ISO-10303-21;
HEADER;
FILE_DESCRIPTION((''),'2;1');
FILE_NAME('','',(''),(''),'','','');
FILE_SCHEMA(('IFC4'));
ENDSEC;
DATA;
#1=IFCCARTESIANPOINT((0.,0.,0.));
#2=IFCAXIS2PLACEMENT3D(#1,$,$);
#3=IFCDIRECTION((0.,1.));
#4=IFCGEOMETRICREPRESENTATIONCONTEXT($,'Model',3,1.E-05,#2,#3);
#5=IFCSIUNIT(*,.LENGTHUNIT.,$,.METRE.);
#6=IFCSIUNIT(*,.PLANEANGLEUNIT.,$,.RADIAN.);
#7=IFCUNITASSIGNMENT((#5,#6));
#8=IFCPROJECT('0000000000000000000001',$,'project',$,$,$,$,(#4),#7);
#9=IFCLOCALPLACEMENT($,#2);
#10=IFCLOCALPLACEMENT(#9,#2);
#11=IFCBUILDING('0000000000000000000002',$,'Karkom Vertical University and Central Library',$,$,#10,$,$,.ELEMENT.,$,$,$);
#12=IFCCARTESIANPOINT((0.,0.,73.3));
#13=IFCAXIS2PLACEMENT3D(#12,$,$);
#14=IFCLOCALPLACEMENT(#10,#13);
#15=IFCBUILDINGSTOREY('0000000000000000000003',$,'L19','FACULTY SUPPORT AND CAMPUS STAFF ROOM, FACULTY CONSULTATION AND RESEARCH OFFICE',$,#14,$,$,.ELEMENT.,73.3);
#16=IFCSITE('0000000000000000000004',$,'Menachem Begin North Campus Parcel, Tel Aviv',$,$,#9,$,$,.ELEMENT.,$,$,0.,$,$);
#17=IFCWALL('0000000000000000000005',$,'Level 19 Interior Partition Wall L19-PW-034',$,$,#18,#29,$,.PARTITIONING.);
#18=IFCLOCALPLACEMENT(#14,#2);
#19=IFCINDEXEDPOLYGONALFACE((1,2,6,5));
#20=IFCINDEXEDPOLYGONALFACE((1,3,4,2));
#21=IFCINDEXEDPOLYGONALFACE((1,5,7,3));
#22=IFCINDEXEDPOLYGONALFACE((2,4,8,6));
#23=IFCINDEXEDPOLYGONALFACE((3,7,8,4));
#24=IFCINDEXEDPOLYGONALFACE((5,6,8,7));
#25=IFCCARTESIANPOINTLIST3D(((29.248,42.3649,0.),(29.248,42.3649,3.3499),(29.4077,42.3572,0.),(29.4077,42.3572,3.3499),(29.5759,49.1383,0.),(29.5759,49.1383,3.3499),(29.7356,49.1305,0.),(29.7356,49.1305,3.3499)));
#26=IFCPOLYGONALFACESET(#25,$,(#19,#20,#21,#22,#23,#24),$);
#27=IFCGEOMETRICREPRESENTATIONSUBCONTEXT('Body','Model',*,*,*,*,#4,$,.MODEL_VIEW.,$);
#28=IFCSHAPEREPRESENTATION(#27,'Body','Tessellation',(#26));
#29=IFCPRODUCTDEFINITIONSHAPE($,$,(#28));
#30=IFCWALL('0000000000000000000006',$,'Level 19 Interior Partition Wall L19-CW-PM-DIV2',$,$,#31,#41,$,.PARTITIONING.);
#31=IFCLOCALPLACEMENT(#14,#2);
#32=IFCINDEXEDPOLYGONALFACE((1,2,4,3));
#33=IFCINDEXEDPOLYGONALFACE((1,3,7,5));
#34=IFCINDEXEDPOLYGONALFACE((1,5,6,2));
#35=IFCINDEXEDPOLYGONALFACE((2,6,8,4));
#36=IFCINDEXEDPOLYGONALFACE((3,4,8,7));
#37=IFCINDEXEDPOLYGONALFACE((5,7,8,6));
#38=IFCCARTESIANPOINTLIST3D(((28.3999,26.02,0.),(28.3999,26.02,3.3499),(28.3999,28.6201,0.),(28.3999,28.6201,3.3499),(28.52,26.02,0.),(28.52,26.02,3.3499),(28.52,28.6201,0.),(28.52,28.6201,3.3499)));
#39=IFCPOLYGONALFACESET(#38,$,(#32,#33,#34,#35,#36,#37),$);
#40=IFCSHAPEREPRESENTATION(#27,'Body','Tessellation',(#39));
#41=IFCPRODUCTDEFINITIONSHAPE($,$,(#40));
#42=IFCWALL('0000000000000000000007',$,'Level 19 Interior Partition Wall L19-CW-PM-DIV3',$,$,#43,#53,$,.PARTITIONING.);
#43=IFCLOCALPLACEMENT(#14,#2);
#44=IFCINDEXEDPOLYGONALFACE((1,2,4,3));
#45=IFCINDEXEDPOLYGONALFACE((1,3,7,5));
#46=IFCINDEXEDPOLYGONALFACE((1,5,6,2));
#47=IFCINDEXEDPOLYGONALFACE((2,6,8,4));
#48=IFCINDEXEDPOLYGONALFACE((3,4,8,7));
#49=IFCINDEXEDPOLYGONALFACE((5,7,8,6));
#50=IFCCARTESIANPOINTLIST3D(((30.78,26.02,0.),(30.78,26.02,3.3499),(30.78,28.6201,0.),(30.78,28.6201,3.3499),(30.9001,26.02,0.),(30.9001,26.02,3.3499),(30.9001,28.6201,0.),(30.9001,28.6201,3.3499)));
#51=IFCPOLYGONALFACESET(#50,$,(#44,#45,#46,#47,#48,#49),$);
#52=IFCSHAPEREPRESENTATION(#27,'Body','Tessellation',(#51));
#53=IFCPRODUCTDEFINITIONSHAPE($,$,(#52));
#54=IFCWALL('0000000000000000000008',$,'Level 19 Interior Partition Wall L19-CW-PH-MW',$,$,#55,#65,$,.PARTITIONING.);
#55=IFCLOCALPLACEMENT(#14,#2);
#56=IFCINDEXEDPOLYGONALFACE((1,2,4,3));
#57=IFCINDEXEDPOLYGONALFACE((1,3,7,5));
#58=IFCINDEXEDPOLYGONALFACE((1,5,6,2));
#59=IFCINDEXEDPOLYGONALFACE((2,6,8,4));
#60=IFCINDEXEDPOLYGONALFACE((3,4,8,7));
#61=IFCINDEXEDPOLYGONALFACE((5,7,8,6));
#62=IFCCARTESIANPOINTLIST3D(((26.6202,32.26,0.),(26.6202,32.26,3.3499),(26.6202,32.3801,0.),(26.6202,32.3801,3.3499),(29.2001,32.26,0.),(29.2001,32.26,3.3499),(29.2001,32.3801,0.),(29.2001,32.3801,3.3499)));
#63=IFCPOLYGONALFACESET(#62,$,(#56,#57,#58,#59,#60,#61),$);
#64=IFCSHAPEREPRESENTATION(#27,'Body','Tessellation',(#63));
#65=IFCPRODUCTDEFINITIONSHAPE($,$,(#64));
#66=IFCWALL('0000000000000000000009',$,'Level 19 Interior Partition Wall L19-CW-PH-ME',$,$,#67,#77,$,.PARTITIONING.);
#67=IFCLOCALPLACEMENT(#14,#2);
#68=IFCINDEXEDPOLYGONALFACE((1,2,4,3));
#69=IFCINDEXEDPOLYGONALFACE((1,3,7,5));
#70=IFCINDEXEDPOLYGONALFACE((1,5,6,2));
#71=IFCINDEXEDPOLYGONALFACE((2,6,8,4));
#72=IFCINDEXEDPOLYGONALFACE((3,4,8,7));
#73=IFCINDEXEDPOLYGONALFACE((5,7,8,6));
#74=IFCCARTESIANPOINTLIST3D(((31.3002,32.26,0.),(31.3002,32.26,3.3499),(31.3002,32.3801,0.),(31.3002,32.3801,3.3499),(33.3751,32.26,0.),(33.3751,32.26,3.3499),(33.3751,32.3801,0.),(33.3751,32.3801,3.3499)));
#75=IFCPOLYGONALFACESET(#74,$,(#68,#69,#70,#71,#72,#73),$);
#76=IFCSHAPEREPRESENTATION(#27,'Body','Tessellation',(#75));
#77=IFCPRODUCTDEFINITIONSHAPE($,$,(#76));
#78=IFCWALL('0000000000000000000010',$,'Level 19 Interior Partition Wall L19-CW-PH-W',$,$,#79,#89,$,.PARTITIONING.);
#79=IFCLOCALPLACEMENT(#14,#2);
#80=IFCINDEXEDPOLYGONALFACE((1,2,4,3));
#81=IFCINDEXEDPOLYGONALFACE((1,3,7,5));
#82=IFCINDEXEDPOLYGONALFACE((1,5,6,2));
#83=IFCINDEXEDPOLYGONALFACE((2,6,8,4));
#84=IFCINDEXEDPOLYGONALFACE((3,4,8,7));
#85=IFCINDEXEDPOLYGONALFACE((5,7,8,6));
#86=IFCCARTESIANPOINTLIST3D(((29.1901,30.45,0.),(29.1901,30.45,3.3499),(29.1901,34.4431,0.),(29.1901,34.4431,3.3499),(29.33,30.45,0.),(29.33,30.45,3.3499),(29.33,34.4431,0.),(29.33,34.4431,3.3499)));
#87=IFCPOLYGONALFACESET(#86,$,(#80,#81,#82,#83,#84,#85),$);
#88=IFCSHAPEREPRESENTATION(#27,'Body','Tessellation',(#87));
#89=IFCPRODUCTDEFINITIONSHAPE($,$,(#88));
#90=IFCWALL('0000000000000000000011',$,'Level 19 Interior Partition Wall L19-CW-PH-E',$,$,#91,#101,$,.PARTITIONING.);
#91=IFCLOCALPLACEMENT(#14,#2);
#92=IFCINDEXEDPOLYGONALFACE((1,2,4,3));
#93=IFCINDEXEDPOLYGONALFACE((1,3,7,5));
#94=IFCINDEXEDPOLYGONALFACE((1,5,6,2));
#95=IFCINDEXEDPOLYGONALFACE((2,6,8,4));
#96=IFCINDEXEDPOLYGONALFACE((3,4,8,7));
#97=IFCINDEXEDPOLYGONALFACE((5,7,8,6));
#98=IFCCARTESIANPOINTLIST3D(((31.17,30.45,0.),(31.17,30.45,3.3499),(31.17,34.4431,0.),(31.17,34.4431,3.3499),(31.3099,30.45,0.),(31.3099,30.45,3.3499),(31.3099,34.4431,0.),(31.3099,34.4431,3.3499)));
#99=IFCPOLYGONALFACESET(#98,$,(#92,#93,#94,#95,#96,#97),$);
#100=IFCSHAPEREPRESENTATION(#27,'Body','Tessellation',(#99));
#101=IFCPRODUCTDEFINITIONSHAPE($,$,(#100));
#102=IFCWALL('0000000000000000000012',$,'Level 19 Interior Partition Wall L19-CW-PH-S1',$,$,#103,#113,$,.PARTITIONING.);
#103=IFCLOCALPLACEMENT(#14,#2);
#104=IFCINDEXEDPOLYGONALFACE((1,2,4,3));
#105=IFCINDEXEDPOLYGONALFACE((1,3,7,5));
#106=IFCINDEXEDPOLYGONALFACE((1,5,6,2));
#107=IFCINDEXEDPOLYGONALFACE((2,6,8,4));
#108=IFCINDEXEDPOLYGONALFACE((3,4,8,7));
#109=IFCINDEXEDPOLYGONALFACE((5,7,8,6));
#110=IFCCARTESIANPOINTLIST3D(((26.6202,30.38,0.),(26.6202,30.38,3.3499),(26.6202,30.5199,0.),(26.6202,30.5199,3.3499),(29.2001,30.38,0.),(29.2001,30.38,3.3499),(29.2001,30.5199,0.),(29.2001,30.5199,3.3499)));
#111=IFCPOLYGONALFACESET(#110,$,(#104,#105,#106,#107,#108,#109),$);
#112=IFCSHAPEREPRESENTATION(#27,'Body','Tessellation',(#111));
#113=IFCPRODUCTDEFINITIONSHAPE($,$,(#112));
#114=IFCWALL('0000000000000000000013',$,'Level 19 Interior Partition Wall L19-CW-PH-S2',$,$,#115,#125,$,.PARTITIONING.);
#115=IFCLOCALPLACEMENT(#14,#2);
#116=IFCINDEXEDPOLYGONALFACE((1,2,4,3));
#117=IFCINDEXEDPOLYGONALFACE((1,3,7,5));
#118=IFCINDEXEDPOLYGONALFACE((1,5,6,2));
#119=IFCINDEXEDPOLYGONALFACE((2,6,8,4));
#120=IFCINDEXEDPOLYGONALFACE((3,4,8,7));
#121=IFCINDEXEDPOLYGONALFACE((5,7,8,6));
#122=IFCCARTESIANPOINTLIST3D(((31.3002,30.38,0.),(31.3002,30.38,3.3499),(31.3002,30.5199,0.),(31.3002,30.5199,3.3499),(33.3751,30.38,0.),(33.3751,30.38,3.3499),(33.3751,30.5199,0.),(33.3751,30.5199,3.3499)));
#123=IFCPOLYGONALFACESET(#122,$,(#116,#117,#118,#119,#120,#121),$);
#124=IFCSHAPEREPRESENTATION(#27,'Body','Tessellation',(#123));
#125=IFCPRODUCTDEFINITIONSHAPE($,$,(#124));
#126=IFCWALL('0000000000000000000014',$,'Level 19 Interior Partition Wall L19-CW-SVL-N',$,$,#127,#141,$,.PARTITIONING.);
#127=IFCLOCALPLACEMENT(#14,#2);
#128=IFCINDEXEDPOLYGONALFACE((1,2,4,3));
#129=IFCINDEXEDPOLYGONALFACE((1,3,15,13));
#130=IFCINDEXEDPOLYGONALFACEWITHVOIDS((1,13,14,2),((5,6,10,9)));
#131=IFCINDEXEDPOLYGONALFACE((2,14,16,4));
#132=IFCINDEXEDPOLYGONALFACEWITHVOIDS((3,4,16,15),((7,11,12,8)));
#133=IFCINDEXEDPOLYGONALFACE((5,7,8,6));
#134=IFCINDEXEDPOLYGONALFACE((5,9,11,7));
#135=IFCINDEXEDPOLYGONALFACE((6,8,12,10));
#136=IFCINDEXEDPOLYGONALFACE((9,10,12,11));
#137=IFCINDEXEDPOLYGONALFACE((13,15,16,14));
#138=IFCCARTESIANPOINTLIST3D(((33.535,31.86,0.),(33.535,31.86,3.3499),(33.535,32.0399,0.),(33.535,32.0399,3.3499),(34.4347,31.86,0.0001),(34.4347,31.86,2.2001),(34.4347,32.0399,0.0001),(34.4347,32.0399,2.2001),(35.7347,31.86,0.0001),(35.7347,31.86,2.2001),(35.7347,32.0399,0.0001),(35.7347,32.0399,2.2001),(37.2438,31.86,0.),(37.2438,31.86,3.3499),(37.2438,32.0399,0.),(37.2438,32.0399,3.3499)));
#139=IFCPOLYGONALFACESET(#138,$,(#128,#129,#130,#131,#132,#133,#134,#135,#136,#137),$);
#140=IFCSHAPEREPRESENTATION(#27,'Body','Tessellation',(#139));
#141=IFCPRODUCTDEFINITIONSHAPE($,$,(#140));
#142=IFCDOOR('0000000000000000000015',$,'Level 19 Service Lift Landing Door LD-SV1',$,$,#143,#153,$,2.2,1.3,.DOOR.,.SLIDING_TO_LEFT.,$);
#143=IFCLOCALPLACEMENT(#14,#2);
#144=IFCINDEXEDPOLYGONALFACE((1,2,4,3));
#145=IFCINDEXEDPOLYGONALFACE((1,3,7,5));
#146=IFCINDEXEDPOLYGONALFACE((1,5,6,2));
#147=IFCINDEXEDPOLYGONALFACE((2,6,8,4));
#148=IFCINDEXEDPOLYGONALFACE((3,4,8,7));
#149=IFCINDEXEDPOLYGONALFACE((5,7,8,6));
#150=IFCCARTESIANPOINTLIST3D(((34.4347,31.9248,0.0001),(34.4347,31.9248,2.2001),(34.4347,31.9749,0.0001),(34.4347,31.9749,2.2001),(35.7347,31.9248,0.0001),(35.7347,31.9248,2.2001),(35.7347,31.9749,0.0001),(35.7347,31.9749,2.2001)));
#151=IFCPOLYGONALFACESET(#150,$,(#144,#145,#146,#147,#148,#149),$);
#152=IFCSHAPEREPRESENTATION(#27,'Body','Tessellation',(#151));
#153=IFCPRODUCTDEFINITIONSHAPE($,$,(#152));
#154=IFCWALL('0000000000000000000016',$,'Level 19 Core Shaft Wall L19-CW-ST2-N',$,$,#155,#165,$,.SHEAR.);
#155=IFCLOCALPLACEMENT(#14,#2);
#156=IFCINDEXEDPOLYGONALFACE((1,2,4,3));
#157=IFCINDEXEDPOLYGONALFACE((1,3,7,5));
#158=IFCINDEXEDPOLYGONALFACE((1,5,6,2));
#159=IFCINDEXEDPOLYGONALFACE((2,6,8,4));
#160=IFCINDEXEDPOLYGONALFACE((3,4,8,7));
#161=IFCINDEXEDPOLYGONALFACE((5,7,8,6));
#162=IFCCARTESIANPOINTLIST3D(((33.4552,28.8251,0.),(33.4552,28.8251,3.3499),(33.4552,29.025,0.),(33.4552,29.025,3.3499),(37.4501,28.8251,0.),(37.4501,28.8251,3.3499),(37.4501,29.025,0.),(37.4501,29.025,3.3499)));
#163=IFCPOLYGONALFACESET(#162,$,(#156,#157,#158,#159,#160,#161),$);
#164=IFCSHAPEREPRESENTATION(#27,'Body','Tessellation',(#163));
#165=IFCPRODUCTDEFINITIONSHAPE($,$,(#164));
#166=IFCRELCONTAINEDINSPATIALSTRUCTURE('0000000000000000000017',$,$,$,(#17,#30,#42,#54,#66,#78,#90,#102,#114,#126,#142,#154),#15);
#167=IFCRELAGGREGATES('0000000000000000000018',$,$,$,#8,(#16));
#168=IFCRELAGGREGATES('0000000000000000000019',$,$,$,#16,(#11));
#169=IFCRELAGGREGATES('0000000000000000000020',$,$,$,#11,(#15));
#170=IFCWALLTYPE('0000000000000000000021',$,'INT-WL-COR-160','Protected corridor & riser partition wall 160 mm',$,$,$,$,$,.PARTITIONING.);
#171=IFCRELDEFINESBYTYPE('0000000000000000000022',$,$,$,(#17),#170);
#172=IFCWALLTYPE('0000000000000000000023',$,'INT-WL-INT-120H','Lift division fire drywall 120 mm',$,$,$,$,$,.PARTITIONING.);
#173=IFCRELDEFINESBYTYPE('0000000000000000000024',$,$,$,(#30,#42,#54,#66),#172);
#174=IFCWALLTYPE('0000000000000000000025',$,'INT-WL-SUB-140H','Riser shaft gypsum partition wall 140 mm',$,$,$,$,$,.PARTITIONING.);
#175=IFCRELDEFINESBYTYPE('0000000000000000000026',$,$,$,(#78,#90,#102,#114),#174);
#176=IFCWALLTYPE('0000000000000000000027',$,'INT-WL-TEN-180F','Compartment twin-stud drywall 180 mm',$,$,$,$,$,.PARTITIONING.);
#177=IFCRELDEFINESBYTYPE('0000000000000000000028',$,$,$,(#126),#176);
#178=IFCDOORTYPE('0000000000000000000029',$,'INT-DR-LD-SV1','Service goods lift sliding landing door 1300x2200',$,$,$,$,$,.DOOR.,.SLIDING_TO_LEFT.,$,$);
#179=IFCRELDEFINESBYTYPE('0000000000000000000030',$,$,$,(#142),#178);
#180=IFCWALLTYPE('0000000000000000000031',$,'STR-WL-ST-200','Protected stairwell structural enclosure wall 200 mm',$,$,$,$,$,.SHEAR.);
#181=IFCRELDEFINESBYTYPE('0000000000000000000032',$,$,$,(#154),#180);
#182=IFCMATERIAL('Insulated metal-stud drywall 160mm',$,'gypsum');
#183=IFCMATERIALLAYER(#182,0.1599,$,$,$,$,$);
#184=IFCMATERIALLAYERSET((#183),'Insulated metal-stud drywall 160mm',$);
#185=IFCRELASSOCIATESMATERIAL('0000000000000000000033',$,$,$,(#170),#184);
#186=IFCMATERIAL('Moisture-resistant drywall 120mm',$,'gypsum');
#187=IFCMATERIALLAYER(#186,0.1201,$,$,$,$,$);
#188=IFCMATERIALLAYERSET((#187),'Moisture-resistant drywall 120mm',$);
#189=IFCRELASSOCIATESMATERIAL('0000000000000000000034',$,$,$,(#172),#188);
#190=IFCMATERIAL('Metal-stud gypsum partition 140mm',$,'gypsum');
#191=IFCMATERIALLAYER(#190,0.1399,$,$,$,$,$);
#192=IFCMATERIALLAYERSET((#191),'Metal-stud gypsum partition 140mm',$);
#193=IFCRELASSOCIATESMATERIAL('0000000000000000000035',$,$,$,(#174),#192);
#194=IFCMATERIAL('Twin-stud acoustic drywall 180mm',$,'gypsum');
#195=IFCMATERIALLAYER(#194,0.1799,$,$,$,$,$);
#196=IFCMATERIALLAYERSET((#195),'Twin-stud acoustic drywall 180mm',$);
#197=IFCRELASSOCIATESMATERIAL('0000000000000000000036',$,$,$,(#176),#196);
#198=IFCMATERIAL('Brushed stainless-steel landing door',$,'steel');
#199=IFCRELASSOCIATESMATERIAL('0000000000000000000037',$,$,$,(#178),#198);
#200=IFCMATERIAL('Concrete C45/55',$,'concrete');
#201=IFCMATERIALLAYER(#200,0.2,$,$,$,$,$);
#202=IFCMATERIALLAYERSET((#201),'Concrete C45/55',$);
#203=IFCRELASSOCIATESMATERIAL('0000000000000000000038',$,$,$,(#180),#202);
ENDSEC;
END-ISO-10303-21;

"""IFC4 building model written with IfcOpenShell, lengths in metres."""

from ifc_helpers import new_model, si_unit, direction, frame, frame_2d, origin, origin_with_axes, place, context, subcontext, project, spatial, rectangle, extrude, source, transform, mapped, material, layer, layer_set, type_object, element, fill, save


model = new_model("IFC4")

# Units and contexts
model_context = context("Model", 3, precision=1e-05, world=origin(), true_north=direction((0.0, 1.0)))
body_context = subcontext(model_context, "Body", "Model", "MODEL_VIEW")
ifc_project = project(units=[si_unit("LENGTHUNIT", "METRE"), si_unit("PLANEANGLEUNIT", "RADIAN")], contexts=[model_context])

# Site, building, storey
site_placement = place(None, origin())
site = spatial("IfcSite", under=ifc_project, at=site_placement, Name="Menachem Begin North Campus Parcel, Tel Aviv", CompositionType="ELEMENT", RefElevation=0.0)
building_placement = place(site_placement, origin())
building = spatial("IfcBuilding", under=site, at=building_placement, Name="Karkom Vertical University and Central Library", CompositionType="ELEMENT")
storey_placement = place(building_placement, frame((0.0, 0.0, 73.3)))
storey = spatial("IfcBuildingStorey", under=building, at=storey_placement, Name="L19", Description="FACULTY SUPPORT AND CAMPUS STAFF ROOM, FACULTY CONSULTATION AND RESEARCH OFFICE", CompositionType="ELEMENT", Elevation=73.3)

# Shared definitions
ifc_material_1 = material(Name="Insulated metal-stud drywall 160mm", Category="gypsum")
ifc_layer_1 = layer(ifc_material_1, 0.1599)
ifc_layer_set_1 = layer_set([ifc_layer_1], Name="Insulated metal-stud drywall 160mm")
wall_type_1 = type_object("IfcWallType", Name="INT-WL-COR-160", Description="Protected corridor & riser partition wall 160 mm", PredefinedType="PARTITIONING", material=ifc_layer_set_1)

# Wall
wall_1_placement = place(storey_placement, frame((29.3279, 42.3611, 0.0), z_axis=(0.0, 0.0, 1.0), x_axis=(0.04835, 0.99883, 0.0)))
element("IfcWall", 1, at=wall_1_placement, inside=storey, type_object=wall_type_1, Name="Level 19 Interior Partition Wall L19-PW-034", PredefinedType="PARTITIONING", context=body_context, shape_type="SweptSolid", body=[
    extrude(rectangle(XDim=6.7812, YDim=0.1599, at=frame_2d((3.3906, 0.0))), origin(), (0.0, 0.0, 1.0), 3.3499),
])

# Walls
ifc_material_2 = material(Name="Moisture-resistant drywall 120mm", Category="gypsum")
ifc_layer_2 = layer(ifc_material_2, 0.1201)
ifc_layer_set_2 = layer_set([ifc_layer_2], Name="Moisture-resistant drywall 120mm")
wall_type_2 = type_object("IfcWallType", Name="INT-WL-INT-120H", Description="Lift division fire drywall 120 mm", PredefinedType="PARTITIONING", material=ifc_layer_set_2)
for number, where, z_axis, x_axis, name in (
    (2, (28.46, 26.02, 0.0), (0.0, 0.0, 1.0), (0.0, 1.0, 0.0), "Level 19 Interior Partition Wall L19-CW-PM-DIV2"),
    (3, (30.8401, 26.02, 0.0), (0.0, 0.0, 1.0), (0.0, 1.0, 0.0), "Level 19 Interior Partition Wall L19-CW-PM-DIV3"),
):
    element("IfcWall", number, at=place(storey_placement, frame(where, z_axis=z_axis, x_axis=x_axis)), inside=storey, type_object=wall_type_2, Name=name, PredefinedType="PARTITIONING", context=body_context, shape_type="SweptSolid", body=[
        extrude(rectangle(XDim=2.6001, YDim=0.1201, at=frame_2d((1.3, 0.0))), origin(), (0.0, 0.0, 1.0), 3.3499),
    ])
wall_2_placement = place(storey_placement, frame((26.6201, 32.3201, 0.0), z_axis=(0.0, 0.0, 1.0), x_axis=(1.0, 0.0, 0.0)))
element("IfcWall", 4, at=wall_2_placement, inside=storey, type_object=wall_type_2, Name="Level 19 Interior Partition Wall L19-CW-PH-MW", PredefinedType="PARTITIONING", context=body_context, shape_type="SweptSolid", body=[
    extrude(rectangle(XDim=2.5798, YDim=0.1201, at=frame_2d((1.29, 0.0))), origin(), (0.0, 0.0, 1.0), 3.3499),
])
wall_3_placement = place(storey_placement, frame((31.3, 32.3201, 0.0), z_axis=(0.0, 0.0, 1.0), x_axis=(1.0, 0.0, 0.0)))
element("IfcWall", 5, at=wall_3_placement, inside=storey, type_object=wall_type_2, Name="Level 19 Interior Partition Wall L19-CW-PH-ME", PredefinedType="PARTITIONING", context=body_context, shape_type="SweptSolid", body=[
    extrude(rectangle(XDim=2.075, YDim=0.1201, at=frame_2d((1.0376, 0.0))), origin(), (0.0, 0.0, 1.0), 3.3499),
])
ifc_material_3 = material(Name="Metal-stud gypsum partition 140mm", Category="gypsum")
ifc_layer_3 = layer(ifc_material_3, 0.1399)
ifc_layer_set_3 = layer_set([ifc_layer_3], Name="Metal-stud gypsum partition 140mm")
wall_type_3 = type_object("IfcWallType", Name="INT-WL-SUB-140H", Description="Riser shaft gypsum partition wall 140 mm", PredefinedType="PARTITIONING", material=ifc_layer_set_3)
for number, where, z_axis, x_axis, name in (
    (6, (29.26, 30.45, 0.0), (0.0, 0.0, 1.0), (0.0, 1.0, 0.0), "Level 19 Interior Partition Wall L19-CW-PH-W"),
    (7, (31.24, 30.45, 0.0), (0.0, 0.0, 1.0), (0.0, 1.0, 0.0), "Level 19 Interior Partition Wall L19-CW-PH-E"),
):
    element("IfcWall", number, at=place(storey_placement, frame(where, z_axis=z_axis, x_axis=x_axis)), inside=storey, type_object=wall_type_3, Name=name, PredefinedType="PARTITIONING", context=body_context, shape_type="SweptSolid", body=[
        extrude(rectangle(XDim=3.9932, YDim=0.1399, at=frame_2d((1.9966, 0.0))), origin(), (0.0, 0.0, 1.0), 3.3499),
    ])
wall_4_placement = place(storey_placement, frame((26.6201, 30.45, 0.0), z_axis=(0.0, 0.0, 1.0), x_axis=(1.0, 0.0, 0.0)))
element("IfcWall", 8, at=wall_4_placement, inside=storey, type_object=wall_type_3, Name="Level 19 Interior Partition Wall L19-CW-PH-S1", PredefinedType="PARTITIONING", context=body_context, shape_type="SweptSolid", body=[
    extrude(rectangle(XDim=2.5798, YDim=0.1399, at=frame_2d((1.29, 0.0))), origin(), (0.0, 0.0, 1.0), 3.3499),
])
wall_5_placement = place(storey_placement, frame((31.3, 30.45, 0.0), z_axis=(0.0, 0.0, 1.0), x_axis=(1.0, 0.0, 0.0)))
element("IfcWall", 9, at=wall_5_placement, inside=storey, type_object=wall_type_3, Name="Level 19 Interior Partition Wall L19-CW-PH-S2", PredefinedType="PARTITIONING", context=body_context, shape_type="SweptSolid", body=[
    extrude(rectangle(XDim=2.075, YDim=0.1399, at=frame_2d((1.0376, 0.0))), origin(), (0.0, 0.0, 1.0), 3.3499),
])

# Wall, opening, door
ifc_material_4 = material(Name="Twin-stud acoustic drywall 180mm", Category="gypsum")
ifc_layer_4 = layer(ifc_material_4, 0.1799)
ifc_layer_set_4 = layer_set([ifc_layer_4], Name="Twin-stud acoustic drywall 180mm")
wall_type_4 = type_object("IfcWallType", Name="INT-WL-TEN-180F", Description="Compartment twin-stud drywall 180 mm", PredefinedType="PARTITIONING", material=ifc_layer_set_4)
wall_6_placement = place(storey_placement, frame((33.5349, 31.95, 0.0), z_axis=(0.0, 0.0, 1.0), x_axis=(1.0, 0.0, 0.0)))
wall_6 = element("IfcWall", 10, at=wall_6_placement, inside=storey, type_object=wall_type_4, Name="Level 19 Interior Partition Wall L19-CW-SVL-N", PredefinedType="PARTITIONING", context=body_context, shape_type="SweptSolid", body=[
    extrude(rectangle(XDim=3.7087, YDim=0.1799, at=frame_2d((1.8545, 0.0))), origin(), (0.0, 0.0, 1.0), 3.3499),
])
opening_1_placement = place(wall_6_placement, frame((0.8999, 0.0, 0.0)))
opening_1 = element("IfcOpeningElement", 11, at=opening_1_placement, cuts=wall_6, PredefinedType="OPENING", context=body_context, shape_type="SweptSolid", body=[
    extrude(rectangle(XDim=1.3, YDim=2.2, at=frame_2d((0.6499, 1.1001))), frame((0.0, 0.1001, 0.0), z_axis=(0.0, -1.0, 0.0), x_axis=(1.0, 0.0, 0.0)), (0.0, 0.0, 1.0), 0.2),
])
ifc_material_5 = material(Name="Brushed stainless-steel landing door", Category="steel")
door_type_1 = type_object("IfcDoorType", Name="INT-DR-LD-SV1", Description="Service goods lift sliding landing door 1300x2200", OperationType="SLIDING_TO_LEFT", PredefinedType="DOOR", material=ifc_material_5)
shared_shape_1 = source(origin_with_axes(), body_context, "Body", "SweptSolid", [
    extrude(rectangle(XDim=1.3, YDim=2.2, at=frame_2d((0.6499, 1.1001))), frame((0.0, 0.0249, 0.0), z_axis=(0.0, -1.0, 0.0), x_axis=(1.0, 0.0, 0.0)), (0.0, 0.0, 1.0), 0.05),
])
door_1_placement = place(opening_1_placement, origin())
door_1 = element("IfcDoor", 12, at=door_1_placement, inside=storey, type_object=door_type_1, Name="Level 19 Service Lift Landing Door LD-SV1", OperationType="SLIDING_TO_LEFT", OverallHeight=2.2, OverallWidth=1.3, PredefinedType="DOOR", context=body_context, shape_type="MappedRepresentation", body=[
    mapped(shared_shape_1, transform((0.0, 0.0, 0.0), scale=1.0)),
])
fill(opening_1, door_1)

# Wall
ifc_material_6 = material(Name="Concrete C45/55", Category="concrete")
ifc_layer_5 = layer(ifc_material_6, 0.2)
ifc_layer_set_5 = layer_set([ifc_layer_5], Name="Concrete C45/55")
wall_type_5 = type_object("IfcWallType", Name="STR-WL-ST-200", Description="Protected stairwell structural enclosure wall 200 mm", PredefinedType="SHEAR", material=ifc_layer_set_5)
wall_7_placement = place(storey_placement, frame((33.4551, 28.925, 0.0), z_axis=(0.0, 0.0, 1.0), x_axis=(1.0, 0.0, 0.0)))
element("IfcWall", 13, at=wall_7_placement, inside=storey, type_object=wall_type_5, Name="Level 19 Core Shaft Wall L19-CW-ST2-N", PredefinedType="SHEAR", context=body_context, shape_type="SweptSolid", body=[
    extrude(rectangle(XDim=3.9949, YDim=0.2, at=frame_2d((1.9976, 0.0))), origin(), (0.0, 0.0, 1.0), 3.3499),
])

save(model, "model.ifc")
